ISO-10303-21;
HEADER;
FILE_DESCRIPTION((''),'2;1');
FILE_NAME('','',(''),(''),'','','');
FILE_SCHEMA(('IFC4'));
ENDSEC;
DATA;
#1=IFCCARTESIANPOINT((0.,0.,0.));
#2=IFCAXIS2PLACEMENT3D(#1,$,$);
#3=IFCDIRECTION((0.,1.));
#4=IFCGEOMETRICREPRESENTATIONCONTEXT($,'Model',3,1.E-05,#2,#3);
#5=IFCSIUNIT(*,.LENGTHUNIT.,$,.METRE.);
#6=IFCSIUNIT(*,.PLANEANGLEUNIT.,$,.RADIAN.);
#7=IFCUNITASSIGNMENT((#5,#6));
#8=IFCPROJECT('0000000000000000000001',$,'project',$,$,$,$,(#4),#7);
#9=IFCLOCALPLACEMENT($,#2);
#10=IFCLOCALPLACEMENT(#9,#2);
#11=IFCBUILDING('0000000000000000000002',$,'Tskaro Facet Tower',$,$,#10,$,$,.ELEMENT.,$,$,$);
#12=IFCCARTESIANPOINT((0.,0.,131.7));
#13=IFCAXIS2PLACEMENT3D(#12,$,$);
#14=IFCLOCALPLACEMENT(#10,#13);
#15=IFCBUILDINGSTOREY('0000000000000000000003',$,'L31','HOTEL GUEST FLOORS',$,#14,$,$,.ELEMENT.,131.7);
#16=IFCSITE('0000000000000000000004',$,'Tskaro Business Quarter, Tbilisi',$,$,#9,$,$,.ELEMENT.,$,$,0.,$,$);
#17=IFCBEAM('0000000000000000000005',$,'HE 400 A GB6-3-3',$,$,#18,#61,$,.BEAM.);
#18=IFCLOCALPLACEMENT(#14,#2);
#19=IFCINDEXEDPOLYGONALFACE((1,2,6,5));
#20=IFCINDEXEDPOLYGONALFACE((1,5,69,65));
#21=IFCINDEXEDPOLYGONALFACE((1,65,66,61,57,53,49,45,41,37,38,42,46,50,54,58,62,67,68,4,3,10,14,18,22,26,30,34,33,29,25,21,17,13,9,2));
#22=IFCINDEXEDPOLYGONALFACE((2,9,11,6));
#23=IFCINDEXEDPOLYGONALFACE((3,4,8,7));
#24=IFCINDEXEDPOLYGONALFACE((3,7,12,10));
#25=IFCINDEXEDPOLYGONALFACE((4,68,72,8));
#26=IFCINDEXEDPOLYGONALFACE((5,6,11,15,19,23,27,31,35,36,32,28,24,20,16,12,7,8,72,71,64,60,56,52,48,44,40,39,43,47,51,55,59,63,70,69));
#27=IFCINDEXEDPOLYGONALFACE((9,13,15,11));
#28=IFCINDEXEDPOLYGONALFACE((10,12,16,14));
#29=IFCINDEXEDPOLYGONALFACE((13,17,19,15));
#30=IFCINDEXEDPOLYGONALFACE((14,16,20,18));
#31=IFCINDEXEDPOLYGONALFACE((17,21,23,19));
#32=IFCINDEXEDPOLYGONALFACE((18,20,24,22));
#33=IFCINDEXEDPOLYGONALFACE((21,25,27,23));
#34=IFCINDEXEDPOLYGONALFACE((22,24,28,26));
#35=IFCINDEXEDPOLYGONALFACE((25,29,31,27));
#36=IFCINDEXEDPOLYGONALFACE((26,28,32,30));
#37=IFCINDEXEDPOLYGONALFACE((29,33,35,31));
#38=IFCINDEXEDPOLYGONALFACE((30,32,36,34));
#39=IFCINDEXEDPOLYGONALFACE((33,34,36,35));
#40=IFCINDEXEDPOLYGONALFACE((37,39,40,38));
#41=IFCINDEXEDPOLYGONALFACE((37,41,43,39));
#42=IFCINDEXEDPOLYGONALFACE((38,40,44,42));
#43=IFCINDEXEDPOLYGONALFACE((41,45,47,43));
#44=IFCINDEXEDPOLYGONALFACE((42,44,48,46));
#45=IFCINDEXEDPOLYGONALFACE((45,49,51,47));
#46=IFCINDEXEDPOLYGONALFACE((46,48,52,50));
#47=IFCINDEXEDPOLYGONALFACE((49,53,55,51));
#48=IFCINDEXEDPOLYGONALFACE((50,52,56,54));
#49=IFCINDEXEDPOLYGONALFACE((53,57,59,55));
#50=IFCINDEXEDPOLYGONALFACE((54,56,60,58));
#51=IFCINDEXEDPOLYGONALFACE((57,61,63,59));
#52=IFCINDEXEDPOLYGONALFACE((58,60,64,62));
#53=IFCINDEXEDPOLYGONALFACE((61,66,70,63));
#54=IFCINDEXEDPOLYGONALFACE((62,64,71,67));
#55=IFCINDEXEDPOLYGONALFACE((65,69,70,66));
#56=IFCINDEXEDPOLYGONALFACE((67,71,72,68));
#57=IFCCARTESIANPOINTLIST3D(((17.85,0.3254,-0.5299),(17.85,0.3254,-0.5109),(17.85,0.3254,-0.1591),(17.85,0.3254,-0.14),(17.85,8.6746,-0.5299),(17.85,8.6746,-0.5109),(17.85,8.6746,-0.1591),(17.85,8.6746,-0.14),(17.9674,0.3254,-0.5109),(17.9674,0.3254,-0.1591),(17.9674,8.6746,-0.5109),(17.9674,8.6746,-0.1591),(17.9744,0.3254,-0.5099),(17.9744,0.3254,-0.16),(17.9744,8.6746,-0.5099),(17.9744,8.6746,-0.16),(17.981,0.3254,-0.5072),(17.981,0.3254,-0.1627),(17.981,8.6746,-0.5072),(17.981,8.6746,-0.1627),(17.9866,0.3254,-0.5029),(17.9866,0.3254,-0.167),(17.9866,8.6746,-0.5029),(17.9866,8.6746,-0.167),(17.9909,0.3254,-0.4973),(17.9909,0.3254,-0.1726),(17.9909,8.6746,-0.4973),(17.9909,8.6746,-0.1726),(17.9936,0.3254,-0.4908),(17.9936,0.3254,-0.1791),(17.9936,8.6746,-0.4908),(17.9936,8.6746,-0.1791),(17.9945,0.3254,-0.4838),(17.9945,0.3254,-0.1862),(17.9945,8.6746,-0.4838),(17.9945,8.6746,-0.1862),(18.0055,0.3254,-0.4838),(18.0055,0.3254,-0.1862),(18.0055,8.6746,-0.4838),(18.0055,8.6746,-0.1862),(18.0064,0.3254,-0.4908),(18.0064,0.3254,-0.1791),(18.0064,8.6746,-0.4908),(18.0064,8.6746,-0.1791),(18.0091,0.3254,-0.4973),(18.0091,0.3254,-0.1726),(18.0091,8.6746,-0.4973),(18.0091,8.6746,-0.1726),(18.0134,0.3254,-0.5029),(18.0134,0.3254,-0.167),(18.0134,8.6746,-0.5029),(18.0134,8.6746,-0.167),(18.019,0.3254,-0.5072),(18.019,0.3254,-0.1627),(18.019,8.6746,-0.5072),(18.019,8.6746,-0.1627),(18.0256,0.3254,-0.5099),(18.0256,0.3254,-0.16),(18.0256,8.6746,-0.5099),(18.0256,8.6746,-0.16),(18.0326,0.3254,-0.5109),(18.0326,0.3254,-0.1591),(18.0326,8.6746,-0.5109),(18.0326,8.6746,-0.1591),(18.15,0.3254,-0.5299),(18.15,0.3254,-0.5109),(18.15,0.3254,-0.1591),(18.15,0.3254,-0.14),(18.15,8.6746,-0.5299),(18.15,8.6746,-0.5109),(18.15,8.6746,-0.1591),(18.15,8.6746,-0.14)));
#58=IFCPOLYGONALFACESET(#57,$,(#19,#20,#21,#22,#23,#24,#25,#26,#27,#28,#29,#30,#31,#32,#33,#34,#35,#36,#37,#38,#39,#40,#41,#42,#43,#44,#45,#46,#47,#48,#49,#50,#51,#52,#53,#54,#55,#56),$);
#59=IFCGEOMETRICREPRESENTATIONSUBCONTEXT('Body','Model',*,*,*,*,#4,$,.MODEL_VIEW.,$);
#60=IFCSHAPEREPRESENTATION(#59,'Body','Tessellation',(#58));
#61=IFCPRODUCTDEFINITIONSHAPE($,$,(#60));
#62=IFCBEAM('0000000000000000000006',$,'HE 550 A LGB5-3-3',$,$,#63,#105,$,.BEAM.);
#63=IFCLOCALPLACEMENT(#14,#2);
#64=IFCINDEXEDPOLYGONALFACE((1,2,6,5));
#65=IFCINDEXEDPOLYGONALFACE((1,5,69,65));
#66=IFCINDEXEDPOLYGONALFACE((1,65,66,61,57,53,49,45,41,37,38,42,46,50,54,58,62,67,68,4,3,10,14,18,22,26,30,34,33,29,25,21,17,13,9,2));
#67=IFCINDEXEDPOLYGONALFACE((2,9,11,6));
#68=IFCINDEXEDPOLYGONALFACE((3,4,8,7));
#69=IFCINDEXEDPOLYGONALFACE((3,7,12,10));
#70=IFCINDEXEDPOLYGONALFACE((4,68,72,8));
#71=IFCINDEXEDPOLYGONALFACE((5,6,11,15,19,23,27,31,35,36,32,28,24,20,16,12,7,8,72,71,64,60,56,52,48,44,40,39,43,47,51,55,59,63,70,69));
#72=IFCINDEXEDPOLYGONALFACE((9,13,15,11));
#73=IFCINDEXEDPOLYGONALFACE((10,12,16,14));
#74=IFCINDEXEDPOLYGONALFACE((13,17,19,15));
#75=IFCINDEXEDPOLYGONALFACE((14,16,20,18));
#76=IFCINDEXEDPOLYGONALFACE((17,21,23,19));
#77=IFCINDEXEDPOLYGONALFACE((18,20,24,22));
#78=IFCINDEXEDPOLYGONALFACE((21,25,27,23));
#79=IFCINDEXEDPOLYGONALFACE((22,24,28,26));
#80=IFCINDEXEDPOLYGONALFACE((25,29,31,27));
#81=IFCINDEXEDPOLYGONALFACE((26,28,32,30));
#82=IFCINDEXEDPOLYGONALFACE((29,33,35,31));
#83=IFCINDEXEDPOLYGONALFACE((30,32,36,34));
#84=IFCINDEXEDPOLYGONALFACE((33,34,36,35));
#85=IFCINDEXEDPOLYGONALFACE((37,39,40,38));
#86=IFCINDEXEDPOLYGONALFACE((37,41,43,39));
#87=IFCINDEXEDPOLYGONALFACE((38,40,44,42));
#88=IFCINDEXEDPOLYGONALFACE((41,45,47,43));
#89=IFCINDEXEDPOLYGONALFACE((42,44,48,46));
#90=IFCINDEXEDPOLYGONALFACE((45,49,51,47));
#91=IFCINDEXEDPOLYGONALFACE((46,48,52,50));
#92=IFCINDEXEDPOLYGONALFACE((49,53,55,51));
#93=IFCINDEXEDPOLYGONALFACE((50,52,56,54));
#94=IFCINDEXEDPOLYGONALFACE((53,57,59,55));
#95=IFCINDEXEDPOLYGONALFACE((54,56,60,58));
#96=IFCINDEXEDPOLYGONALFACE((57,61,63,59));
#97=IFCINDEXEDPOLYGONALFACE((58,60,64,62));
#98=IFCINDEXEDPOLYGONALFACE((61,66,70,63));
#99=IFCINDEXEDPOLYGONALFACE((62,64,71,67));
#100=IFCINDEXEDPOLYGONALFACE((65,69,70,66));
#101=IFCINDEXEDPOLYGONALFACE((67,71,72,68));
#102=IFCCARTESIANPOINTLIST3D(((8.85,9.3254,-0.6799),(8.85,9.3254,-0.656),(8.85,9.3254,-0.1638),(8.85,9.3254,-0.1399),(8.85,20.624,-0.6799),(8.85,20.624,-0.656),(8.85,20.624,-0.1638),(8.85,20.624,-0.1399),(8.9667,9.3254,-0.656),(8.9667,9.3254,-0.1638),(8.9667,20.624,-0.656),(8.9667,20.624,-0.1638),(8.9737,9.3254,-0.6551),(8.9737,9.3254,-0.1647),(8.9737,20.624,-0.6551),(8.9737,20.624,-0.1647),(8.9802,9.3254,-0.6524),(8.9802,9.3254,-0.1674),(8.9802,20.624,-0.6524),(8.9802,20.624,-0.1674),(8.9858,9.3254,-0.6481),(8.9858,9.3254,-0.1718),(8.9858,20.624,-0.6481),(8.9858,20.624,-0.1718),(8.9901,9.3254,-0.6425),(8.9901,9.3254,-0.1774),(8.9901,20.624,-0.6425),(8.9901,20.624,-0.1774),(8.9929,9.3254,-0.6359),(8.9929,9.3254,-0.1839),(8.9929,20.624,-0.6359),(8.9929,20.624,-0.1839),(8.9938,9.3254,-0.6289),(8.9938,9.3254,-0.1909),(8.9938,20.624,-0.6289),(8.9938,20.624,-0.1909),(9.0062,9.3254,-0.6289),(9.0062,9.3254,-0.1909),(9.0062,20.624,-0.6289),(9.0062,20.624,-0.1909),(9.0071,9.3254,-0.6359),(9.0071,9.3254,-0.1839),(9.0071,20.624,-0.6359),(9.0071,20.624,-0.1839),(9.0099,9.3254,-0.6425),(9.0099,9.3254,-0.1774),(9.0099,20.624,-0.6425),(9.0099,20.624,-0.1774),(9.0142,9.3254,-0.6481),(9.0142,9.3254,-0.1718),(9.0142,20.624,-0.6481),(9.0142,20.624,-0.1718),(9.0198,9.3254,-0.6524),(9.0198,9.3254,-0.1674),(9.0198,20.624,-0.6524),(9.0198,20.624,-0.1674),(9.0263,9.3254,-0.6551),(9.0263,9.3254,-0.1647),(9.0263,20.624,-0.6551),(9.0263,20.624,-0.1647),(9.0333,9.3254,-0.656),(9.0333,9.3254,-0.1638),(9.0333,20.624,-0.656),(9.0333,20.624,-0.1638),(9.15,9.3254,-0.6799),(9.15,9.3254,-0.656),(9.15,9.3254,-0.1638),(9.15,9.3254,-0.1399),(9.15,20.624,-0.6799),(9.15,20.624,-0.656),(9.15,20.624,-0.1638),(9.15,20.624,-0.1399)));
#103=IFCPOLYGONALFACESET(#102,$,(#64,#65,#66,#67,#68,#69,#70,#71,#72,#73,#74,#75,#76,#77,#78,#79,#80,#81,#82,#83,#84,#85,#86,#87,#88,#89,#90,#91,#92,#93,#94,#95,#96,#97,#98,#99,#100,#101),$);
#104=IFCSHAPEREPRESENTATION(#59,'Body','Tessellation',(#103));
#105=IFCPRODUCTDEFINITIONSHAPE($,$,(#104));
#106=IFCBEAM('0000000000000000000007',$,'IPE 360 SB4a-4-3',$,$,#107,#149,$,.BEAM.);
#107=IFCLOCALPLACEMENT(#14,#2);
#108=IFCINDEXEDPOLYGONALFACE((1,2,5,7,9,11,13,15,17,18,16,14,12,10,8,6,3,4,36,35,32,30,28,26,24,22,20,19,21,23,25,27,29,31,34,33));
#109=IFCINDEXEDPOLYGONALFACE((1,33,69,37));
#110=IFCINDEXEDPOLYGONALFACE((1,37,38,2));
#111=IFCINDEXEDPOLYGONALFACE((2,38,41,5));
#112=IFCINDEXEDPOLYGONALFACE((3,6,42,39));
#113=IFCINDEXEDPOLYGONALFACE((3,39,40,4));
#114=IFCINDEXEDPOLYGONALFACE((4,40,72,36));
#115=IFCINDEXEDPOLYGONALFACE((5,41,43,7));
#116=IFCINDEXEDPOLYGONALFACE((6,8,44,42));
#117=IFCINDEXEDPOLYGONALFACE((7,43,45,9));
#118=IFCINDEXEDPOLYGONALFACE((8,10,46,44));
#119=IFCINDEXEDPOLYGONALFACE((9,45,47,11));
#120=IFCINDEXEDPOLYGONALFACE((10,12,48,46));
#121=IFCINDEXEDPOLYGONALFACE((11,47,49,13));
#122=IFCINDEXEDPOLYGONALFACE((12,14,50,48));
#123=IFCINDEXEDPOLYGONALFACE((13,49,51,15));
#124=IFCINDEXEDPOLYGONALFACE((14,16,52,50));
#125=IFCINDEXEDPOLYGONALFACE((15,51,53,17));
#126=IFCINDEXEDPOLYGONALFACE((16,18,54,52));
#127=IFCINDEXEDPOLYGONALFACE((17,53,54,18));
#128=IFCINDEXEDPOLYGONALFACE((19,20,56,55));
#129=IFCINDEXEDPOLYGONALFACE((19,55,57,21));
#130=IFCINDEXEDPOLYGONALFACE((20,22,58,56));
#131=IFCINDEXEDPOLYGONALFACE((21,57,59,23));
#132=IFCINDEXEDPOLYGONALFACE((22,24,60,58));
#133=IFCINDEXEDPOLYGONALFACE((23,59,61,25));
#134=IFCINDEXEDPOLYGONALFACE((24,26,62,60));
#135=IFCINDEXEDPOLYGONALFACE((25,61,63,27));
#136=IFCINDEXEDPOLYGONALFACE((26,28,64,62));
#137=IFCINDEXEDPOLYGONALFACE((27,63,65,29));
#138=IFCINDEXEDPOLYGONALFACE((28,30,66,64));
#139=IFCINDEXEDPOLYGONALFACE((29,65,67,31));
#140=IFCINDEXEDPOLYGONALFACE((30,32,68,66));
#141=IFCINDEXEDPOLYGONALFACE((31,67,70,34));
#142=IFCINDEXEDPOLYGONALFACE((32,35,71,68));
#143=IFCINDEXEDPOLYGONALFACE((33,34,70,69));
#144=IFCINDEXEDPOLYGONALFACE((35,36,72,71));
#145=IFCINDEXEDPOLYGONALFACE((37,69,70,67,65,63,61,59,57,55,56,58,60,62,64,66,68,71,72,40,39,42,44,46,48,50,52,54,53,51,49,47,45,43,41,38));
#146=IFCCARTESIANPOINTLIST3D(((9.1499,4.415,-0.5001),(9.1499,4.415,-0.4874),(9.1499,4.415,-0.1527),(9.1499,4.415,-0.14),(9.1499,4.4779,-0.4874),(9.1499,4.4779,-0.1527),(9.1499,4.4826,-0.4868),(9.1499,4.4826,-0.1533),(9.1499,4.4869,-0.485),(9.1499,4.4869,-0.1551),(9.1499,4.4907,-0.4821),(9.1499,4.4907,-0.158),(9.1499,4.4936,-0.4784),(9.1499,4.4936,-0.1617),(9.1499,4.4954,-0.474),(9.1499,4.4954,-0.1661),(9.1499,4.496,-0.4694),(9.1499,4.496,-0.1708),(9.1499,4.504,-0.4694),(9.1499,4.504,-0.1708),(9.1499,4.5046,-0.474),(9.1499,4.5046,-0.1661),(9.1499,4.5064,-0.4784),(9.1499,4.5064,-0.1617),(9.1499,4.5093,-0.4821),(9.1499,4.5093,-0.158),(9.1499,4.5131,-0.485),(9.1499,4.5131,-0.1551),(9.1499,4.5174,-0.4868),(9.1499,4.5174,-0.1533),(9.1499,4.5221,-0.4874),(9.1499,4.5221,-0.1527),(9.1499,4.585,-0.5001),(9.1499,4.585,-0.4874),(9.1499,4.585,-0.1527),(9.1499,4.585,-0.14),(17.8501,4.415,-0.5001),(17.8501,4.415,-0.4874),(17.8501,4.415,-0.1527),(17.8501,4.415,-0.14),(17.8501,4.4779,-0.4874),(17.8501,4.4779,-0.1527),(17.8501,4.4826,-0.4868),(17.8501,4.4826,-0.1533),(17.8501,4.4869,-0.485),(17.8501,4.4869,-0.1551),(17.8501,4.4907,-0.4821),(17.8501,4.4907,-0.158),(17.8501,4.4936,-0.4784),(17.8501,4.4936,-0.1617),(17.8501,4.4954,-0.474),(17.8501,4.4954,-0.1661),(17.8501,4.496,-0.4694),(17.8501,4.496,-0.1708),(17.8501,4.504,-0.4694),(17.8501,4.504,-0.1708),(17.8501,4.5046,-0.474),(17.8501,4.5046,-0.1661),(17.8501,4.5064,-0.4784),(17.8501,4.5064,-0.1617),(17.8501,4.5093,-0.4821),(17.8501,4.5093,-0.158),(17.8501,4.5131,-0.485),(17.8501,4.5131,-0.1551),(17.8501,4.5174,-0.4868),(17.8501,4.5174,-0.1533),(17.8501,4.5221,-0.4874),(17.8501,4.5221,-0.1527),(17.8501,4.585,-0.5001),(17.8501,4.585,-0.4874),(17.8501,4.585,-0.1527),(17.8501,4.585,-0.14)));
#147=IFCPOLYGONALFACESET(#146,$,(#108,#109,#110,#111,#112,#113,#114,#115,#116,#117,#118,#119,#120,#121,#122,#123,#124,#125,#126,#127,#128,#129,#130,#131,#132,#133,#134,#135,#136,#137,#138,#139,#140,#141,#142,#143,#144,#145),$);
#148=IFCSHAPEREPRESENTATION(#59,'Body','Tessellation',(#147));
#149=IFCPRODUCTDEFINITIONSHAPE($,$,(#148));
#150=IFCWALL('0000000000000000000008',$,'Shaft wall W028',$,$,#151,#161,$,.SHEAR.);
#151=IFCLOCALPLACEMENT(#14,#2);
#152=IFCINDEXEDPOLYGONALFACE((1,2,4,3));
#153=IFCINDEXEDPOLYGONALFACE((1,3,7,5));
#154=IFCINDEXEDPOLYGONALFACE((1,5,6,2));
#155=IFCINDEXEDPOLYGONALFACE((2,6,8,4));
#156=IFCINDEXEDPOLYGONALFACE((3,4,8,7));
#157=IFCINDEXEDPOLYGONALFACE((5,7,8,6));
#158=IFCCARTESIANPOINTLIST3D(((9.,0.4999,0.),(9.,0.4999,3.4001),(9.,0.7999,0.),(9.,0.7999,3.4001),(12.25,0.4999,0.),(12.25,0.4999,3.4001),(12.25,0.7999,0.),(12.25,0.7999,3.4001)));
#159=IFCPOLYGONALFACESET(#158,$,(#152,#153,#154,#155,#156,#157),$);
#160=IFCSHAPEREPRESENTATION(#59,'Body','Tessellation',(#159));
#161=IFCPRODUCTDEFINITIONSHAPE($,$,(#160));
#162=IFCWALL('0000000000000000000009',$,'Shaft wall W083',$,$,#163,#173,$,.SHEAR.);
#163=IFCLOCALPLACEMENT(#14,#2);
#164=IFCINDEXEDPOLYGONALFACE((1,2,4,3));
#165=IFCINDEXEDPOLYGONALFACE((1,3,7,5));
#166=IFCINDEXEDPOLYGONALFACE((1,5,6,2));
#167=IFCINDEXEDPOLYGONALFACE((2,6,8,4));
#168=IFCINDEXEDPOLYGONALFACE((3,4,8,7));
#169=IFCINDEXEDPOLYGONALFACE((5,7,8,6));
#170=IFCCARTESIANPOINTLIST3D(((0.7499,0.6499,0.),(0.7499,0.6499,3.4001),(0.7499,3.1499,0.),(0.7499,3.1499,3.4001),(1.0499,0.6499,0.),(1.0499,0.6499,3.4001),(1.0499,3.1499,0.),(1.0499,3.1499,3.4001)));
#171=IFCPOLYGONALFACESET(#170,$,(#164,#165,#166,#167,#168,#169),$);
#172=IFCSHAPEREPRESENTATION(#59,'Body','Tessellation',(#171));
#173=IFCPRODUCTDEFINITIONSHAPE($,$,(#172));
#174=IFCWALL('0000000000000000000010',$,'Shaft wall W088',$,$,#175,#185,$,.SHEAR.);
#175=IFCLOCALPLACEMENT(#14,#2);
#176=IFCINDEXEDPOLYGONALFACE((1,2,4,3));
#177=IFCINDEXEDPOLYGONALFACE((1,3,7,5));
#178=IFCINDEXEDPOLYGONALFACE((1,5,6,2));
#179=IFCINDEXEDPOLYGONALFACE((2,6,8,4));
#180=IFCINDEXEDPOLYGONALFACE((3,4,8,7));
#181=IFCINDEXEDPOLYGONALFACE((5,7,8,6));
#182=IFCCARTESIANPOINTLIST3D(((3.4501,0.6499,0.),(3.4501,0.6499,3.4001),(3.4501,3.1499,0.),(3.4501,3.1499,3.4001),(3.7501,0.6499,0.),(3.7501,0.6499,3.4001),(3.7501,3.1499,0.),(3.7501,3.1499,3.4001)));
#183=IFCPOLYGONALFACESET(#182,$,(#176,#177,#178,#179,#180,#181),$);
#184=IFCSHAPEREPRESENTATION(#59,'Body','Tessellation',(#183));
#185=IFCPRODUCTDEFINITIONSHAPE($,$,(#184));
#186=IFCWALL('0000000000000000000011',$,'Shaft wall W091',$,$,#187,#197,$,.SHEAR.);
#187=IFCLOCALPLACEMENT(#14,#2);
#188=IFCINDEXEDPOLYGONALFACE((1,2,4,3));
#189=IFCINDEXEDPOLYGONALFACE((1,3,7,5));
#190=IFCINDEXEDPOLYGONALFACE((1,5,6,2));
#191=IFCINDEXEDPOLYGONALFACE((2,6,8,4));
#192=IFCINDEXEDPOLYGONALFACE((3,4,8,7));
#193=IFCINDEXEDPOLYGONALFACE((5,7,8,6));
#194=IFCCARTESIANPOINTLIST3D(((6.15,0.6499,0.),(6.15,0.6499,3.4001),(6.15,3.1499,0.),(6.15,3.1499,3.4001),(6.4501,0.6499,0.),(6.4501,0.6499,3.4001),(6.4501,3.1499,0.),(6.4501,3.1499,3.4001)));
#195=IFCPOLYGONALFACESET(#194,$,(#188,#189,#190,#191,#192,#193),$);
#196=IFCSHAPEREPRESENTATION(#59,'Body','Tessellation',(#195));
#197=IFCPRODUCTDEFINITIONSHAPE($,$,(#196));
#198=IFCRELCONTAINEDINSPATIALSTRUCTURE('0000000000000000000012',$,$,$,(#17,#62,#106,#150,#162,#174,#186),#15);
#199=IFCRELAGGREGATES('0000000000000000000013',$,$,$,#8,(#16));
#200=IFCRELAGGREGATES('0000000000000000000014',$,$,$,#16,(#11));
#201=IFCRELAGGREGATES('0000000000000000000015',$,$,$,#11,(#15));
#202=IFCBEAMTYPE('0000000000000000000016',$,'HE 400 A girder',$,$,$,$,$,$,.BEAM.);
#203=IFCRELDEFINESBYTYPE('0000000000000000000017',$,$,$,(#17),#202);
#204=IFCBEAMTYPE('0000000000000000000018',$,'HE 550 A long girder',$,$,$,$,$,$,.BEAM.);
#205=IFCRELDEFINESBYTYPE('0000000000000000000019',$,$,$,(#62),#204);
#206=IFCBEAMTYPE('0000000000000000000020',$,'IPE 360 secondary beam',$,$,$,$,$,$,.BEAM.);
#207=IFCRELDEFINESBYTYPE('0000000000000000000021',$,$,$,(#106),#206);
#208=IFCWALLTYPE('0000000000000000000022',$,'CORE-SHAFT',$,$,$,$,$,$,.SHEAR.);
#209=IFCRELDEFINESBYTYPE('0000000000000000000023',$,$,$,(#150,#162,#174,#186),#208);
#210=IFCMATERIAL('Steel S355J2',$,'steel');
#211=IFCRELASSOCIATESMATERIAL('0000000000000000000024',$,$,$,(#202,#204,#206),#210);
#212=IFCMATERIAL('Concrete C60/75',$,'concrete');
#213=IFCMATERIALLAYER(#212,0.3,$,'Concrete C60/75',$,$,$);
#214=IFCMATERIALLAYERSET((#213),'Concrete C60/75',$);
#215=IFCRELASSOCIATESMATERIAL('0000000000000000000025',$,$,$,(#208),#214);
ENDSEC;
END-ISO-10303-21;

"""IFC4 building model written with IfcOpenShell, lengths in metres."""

from ifc_helpers import new_model, si_unit, direction, frame, frame_2d, origin, origin_2d, place, context, subcontext, project, spatial, rectangle, i_section, extrude, material, layer, layer_set, material_profile, profile_set, type_object, element, save


model = new_model("IFC4")

# Units and contexts
model_context = context("Model", 3, precision=1e-05, world=origin(), true_north=direction((0.0, 1.0)))
body_context = subcontext(model_context, "Body", "Model", "MODEL_VIEW")
ifc_project = project(units=[si_unit("LENGTHUNIT", "METRE"), si_unit("PLANEANGLEUNIT", "RADIAN")], contexts=[model_context])

# Site, building, storey
site_placement = place(None, origin())
site = spatial("IfcSite", under=ifc_project, at=site_placement, Name="Tskaro Business Quarter, Tbilisi", CompositionType="ELEMENT", RefElevation=0.0)
building_placement = place(site_placement, origin())
building = spatial("IfcBuilding", under=site, at=building_placement, Name="Tskaro Facet Tower", CompositionType="ELEMENT")
storey_placement = place(building_placement, frame((0.0, 0.0, 131.7)))
storey = spatial("IfcBuildingStorey", under=building, at=storey_placement, Name="L31", Description="HOTEL GUEST FLOORS", CompositionType="ELEMENT", Elevation=131.7)

# Beams
ifc_material_1 = material(Name="Steel S355J2", Category="steel")
ifc_material_profile_1 = material_profile(ifc_material_1, i_section(OverallWidth=0.3, OverallDepth=0.3899, WebThickness=0.011, FlangeThickness=0.019, FilletRadius=0.0271, at=origin_2d()), Name="HE 400 A")
ifc_profile_set_1 = profile_set([ifc_material_profile_1], Name="Steel S355J2")
beam_type_1 = type_object("IfcBeamType", Name="HE 400 A girder", PredefinedType="BEAM", material=ifc_profile_set_1)
beam_1_placement = place(storey_placement, frame((18.0, 0.3254, -0.335), z_axis=(0.0, 1.0, 0.0), x_axis=(-1.0, 0.0, 0.0)))
element("IfcBeam", 1, at=beam_1_placement, inside=storey, type_object=beam_type_1, Name="HE 400 A GB6-3-3", PredefinedType="BEAM", context=body_context, shape_type="SweptSolid", body=[
    extrude(i_section(OverallWidth=0.3, OverallDepth=0.3899, WebThickness=0.011, FlangeThickness=0.019, FilletRadius=0.0271, at=origin_2d()), origin(), (0.0, 0.0, 1.0), 8.3491),
])
ifc_material_profile_2 = material_profile(ifc_material_1, i_section(OverallWidth=0.3, OverallDepth=0.54, WebThickness=0.0125, FlangeThickness=0.0239, FilletRadius=0.0271, at=origin_2d()), Name="HE 550 A")
ifc_profile_set_2 = profile_set([ifc_material_profile_2], Name="Steel S355J2")
beam_type_2 = type_object("IfcBeamType", Name="HE 550 A long girder", PredefinedType="BEAM", material=ifc_profile_set_2)
beam_2_placement = place(storey_placement, frame((9.0, 9.3254, -0.4099), z_axis=(0.0, 1.0, 0.0), x_axis=(-1.0, 0.0, 0.0)))
element("IfcBeam", 2, at=beam_2_placement, inside=storey, type_object=beam_type_2, Name="HE 550 A LGB5-3-3", PredefinedType="BEAM", context=body_context, shape_type="SweptSolid", body=[
    extrude(i_section(OverallWidth=0.3, OverallDepth=0.54, WebThickness=0.0125, FlangeThickness=0.0239, FilletRadius=0.0271, at=origin_2d()), origin(), (0.0, 0.0, 1.0), 11.2986),
])
ifc_material_profile_3 = material_profile(ifc_material_1, i_section(OverallWidth=0.1699, OverallDepth=0.3601, WebThickness=0.0081, FlangeThickness=0.0127, FilletRadius=0.0181, at=origin_2d()), Name="IPE 360")
ifc_profile_set_3 = profile_set([ifc_material_profile_3], Name="Steel S355J2")
beam_type_3 = type_object("IfcBeamType", Name="IPE 360 secondary beam", PredefinedType="BEAM", material=ifc_profile_set_3)
beam_3_placement = place(storey_placement, frame((9.1499, 4.5, -0.3201), z_axis=(1.0, 0.0, 0.0), x_axis=(0.0, 1.0, 0.0)))
element("IfcBeam", 3, at=beam_3_placement, inside=storey, type_object=beam_type_3, Name="IPE 360 SB4a-4-3", PredefinedType="BEAM", context=body_context, shape_type="SweptSolid", body=[
    extrude(i_section(OverallWidth=0.1699, OverallDepth=0.3601, WebThickness=0.0081, FlangeThickness=0.0127, FilletRadius=0.0181, at=origin_2d()), origin(), (0.0, 0.0, 1.0), 8.7002),
])

# Walls
ifc_material_2 = material(Name="Concrete C60/75", Category="concrete")
ifc_layer_1 = layer(ifc_material_2, 0.3, Name="Concrete C60/75")
ifc_layer_set_1 = layer_set([ifc_layer_1], Name="Concrete C60/75")
wall_type_1 = type_object("IfcWallType", Name="CORE-SHAFT", PredefinedType="SHEAR", material=ifc_layer_set_1)
wall_1_placement = place(storey_placement, frame((12.25, 0.6499, 0.0), z_axis=(0.0, 0.0, 1.0), x_axis=(-1.0, 0.0, 0.0)))
element("IfcWall", 4, at=wall_1_placement, inside=storey, type_object=wall_type_1, Name="Shaft wall W028", PredefinedType="SHEAR", context=body_context, shape_type="SweptSolid", body=[
    extrude(rectangle(XDim=3.25, YDim=0.3, at=frame_2d((1.625, 0.0))), origin(), (0.0, 0.0, 1.0), 3.4001),
])
for number, where, z_axis, x_axis, name in (
    (5, (0.8999, 0.6499, 0.0), (0.0, 0.0, 1.0), (0.0, 1.0, 0.0), "Shaft wall W083"),
    (6, (3.6001, 0.6499, 0.0), (0.0, 0.0, 1.0), (0.0, 1.0, 0.0), "Shaft wall W088"),
    (7, (6.3, 0.6499, 0.0), (0.0, 0.0, 1.0), (0.0, 1.0, 0.0), "Shaft wall W091"),
):
    element("IfcWall", number, at=place(storey_placement, frame(where, z_axis=z_axis, x_axis=x_axis)), inside=storey, type_object=wall_type_1, Name=name, PredefinedType="SHEAR", context=body_context, shape_type="SweptSolid", body=[
        extrude(rectangle(XDim=2.5, YDim=0.3, at=frame_2d((1.25, 0.0))), origin(), (0.0, 0.0, 1.0), 3.4001),
    ])

save(model, "model.ifc")
